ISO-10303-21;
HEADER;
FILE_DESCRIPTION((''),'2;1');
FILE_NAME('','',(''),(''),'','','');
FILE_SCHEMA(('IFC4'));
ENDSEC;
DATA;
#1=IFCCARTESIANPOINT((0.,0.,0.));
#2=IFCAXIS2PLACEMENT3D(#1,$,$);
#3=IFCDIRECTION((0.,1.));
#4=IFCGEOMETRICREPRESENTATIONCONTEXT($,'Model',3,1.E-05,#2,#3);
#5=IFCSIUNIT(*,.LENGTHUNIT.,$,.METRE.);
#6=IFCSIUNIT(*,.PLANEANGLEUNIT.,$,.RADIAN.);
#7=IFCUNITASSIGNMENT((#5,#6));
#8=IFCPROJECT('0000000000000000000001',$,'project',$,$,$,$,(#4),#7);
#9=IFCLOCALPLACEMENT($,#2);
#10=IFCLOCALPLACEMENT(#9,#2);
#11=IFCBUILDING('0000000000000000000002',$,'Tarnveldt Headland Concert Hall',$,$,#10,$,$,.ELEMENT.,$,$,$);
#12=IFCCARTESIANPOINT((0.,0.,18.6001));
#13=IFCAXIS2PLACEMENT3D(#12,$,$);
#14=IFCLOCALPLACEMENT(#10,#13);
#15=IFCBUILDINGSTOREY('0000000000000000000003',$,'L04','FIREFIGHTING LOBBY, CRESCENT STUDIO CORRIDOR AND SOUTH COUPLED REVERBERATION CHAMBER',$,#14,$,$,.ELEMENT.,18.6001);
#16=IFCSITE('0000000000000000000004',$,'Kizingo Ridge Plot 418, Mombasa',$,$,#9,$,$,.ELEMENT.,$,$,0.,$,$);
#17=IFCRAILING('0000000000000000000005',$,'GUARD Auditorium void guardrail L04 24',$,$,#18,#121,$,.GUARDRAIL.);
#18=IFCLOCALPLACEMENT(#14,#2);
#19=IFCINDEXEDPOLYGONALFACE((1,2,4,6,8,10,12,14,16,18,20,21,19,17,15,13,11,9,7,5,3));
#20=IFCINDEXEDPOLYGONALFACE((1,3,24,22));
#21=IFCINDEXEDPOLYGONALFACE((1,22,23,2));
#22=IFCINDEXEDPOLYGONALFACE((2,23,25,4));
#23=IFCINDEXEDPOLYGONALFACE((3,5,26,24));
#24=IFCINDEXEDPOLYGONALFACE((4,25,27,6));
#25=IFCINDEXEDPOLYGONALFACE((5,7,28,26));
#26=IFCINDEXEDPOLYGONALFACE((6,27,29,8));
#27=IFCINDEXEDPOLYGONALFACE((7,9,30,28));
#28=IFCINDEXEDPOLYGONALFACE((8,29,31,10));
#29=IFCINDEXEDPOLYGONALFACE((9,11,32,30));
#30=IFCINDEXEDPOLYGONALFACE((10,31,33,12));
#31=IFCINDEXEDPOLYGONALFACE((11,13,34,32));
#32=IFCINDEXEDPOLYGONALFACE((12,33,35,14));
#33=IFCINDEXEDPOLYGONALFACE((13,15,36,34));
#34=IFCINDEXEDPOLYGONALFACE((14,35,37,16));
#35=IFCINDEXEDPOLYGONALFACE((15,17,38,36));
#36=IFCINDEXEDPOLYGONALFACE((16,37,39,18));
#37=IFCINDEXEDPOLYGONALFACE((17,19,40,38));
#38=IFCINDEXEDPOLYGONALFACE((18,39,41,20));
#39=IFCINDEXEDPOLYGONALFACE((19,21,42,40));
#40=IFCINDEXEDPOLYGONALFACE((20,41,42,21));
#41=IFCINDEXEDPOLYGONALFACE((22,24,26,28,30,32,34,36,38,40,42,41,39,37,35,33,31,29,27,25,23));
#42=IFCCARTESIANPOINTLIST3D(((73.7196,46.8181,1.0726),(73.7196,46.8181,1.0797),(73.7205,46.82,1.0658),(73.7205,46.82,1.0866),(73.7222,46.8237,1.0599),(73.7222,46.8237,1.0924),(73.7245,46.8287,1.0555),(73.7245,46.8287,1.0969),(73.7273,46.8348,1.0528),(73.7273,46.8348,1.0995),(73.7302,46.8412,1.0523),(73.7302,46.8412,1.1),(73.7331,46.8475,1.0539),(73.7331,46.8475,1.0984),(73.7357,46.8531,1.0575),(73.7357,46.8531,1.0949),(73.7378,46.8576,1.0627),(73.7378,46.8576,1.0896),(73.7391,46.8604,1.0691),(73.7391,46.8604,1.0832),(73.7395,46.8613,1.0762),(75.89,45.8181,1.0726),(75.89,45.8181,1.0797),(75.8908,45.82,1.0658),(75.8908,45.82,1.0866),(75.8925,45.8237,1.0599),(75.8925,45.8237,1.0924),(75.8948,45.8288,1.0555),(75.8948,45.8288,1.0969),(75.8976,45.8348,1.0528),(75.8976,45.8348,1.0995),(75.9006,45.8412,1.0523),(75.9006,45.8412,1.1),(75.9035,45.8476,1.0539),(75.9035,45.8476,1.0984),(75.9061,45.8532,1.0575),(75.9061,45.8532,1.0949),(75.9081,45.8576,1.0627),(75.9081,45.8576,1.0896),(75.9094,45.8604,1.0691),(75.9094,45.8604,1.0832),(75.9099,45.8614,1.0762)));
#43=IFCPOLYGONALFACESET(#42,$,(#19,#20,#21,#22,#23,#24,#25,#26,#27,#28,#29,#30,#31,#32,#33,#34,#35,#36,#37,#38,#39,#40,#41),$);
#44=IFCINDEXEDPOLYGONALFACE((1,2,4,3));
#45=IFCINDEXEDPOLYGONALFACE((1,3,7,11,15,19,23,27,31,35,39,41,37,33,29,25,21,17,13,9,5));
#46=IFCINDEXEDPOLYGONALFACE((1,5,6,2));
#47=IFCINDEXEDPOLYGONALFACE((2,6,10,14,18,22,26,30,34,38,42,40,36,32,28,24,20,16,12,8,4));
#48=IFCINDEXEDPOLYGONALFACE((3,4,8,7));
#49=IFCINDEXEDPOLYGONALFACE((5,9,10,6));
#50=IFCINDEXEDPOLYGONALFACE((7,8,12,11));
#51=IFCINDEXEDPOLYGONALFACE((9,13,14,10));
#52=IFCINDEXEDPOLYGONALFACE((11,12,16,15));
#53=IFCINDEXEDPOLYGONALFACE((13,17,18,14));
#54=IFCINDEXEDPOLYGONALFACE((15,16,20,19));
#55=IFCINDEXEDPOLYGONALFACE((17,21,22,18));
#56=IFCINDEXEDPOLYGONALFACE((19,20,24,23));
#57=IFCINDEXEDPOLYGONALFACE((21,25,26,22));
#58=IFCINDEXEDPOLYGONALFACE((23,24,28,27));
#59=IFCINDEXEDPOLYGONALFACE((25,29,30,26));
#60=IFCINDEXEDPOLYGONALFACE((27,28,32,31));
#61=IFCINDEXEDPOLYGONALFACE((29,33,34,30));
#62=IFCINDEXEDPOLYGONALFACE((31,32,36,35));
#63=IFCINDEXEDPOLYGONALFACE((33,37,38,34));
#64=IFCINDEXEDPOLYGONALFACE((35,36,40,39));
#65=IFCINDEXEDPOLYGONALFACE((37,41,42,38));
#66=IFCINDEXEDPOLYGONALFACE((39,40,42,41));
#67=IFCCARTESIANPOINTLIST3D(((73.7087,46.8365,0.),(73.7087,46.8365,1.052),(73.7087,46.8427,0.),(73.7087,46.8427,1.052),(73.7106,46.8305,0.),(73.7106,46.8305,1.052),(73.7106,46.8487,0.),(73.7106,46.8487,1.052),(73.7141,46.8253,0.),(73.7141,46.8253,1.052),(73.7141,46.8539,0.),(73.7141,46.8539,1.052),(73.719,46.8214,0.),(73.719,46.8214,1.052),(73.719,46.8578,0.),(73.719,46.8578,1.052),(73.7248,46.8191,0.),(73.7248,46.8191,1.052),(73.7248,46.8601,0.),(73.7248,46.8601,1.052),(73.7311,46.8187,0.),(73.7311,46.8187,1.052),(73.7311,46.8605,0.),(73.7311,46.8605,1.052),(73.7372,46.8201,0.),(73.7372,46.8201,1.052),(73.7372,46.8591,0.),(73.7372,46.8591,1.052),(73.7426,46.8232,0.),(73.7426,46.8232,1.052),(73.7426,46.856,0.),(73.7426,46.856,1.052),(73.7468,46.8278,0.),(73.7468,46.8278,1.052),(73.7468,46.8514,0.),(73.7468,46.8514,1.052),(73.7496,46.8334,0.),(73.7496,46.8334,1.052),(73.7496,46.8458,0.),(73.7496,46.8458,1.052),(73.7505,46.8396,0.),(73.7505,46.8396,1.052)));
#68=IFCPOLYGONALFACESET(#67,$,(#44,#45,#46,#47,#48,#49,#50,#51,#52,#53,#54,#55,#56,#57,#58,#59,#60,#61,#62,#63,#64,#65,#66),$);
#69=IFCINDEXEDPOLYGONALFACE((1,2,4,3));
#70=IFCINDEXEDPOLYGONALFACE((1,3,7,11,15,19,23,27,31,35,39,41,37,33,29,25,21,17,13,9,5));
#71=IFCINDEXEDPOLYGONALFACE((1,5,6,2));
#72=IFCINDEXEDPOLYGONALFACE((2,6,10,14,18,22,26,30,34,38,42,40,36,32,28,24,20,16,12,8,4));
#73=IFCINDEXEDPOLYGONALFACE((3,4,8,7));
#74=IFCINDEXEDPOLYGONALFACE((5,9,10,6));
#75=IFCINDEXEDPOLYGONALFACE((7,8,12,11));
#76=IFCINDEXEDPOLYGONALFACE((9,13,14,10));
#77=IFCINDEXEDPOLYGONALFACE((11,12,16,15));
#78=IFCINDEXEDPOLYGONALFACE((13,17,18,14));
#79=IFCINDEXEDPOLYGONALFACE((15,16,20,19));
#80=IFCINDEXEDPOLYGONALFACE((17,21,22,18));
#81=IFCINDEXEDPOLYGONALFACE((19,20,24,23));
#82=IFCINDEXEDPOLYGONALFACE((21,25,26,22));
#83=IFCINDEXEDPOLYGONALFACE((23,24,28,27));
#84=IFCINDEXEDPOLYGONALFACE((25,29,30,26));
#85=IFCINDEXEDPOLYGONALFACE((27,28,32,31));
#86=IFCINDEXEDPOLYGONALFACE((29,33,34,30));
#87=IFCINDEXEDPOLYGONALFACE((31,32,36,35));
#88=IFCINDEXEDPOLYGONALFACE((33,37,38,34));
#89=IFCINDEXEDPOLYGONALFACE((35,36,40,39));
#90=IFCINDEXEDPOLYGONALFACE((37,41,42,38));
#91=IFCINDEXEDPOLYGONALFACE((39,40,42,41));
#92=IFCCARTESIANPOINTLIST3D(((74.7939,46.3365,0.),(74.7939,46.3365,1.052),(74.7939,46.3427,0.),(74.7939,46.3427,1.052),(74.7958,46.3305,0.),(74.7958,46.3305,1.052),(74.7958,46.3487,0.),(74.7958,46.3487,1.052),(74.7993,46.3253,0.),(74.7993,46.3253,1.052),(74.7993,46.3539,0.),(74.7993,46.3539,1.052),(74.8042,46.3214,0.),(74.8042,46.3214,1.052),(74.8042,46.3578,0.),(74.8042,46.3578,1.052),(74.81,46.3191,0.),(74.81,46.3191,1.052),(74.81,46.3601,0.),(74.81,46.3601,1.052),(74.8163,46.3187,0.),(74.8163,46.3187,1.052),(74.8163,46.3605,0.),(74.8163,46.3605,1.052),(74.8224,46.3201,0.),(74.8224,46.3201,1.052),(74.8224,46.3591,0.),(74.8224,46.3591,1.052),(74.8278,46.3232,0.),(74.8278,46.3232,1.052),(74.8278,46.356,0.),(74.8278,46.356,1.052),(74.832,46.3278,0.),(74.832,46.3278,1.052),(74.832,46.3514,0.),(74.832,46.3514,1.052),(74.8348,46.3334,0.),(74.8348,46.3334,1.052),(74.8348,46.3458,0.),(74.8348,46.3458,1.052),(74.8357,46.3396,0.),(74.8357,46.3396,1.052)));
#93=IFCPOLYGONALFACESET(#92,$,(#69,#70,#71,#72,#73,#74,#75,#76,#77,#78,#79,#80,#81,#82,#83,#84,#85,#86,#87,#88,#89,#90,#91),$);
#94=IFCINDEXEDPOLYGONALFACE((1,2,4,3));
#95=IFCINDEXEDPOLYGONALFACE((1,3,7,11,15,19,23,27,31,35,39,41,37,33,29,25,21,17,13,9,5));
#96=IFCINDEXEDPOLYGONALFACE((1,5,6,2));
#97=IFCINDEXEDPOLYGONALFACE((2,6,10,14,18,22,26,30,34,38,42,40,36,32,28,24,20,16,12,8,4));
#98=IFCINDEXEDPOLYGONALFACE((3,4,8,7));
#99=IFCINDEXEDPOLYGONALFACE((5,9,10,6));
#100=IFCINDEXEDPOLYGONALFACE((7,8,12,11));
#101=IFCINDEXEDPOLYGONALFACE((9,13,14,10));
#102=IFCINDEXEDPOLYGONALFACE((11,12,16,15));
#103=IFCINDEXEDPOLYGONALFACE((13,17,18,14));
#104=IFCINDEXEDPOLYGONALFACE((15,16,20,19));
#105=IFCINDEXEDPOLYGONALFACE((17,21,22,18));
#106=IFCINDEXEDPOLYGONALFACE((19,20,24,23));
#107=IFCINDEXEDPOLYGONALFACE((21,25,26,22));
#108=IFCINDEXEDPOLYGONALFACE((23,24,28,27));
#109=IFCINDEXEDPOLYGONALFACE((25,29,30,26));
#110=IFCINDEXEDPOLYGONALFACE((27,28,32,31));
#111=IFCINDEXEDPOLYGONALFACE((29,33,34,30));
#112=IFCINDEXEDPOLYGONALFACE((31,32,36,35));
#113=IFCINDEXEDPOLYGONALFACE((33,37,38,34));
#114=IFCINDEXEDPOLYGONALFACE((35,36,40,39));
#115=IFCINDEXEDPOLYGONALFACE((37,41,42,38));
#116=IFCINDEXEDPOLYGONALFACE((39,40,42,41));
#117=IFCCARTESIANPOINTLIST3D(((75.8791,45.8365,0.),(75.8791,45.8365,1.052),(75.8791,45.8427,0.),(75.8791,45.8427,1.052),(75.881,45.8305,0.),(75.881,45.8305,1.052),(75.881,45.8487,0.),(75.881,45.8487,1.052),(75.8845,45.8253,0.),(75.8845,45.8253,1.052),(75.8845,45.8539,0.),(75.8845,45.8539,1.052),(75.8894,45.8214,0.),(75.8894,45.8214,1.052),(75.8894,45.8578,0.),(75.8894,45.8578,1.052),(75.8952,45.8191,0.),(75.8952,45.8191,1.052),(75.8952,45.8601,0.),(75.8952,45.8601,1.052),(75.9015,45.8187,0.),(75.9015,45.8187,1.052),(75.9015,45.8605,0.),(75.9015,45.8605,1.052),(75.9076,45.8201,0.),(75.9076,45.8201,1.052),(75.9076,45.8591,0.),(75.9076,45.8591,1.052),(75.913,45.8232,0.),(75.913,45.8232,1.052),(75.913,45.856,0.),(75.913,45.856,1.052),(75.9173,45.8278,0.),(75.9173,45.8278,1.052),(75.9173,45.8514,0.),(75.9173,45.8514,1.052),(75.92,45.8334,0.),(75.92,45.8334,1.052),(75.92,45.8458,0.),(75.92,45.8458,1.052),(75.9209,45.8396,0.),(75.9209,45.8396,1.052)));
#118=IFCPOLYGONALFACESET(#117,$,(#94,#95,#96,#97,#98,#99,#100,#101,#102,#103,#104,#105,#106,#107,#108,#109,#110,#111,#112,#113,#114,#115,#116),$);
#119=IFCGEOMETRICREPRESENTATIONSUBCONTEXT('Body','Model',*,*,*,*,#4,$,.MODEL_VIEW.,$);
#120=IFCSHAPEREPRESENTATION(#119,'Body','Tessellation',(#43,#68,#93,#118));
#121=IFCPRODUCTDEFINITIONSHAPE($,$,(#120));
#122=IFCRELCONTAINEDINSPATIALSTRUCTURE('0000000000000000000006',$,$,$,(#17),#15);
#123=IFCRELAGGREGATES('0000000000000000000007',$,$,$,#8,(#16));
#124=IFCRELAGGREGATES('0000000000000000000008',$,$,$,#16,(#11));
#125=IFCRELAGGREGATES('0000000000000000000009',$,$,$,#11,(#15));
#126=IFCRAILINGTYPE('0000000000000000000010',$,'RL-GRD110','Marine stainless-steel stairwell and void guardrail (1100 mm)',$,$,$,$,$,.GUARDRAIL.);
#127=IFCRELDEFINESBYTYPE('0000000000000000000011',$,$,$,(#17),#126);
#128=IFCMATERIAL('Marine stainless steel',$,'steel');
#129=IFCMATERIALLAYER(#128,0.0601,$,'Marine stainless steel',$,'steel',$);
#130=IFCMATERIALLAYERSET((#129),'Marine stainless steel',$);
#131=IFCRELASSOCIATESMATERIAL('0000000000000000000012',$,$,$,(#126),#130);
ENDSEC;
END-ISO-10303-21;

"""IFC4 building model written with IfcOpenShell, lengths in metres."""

from ifc_helpers import new_model, si_unit, direction, frame, origin, origin_2d, place, context, subcontext, project, spatial, circle, extrude, material, layer, layer_set, type_object, element, save


model = new_model("IFC4")

# Units and contexts
model_context = context("Model", 3, precision=1e-05, world=origin(), true_north=direction((0.0, 1.0)))
body_context = subcontext(model_context, "Body", "Model", "MODEL_VIEW")
ifc_project = project(units=[si_unit("LENGTHUNIT", "METRE"), si_unit("PLANEANGLEUNIT", "RADIAN")], contexts=[model_context])

# Site, building, storey
site_placement = place(None, origin())
site = spatial("IfcSite", under=ifc_project, at=site_placement, Name="Kizingo Ridge Plot 418, Mombasa", CompositionType="ELEMENT", RefElevation=0.0)
building_placement = place(site_placement, origin())
building = spatial("IfcBuilding", under=site, at=building_placement, Name="Tarnveldt Headland Concert Hall", CompositionType="ELEMENT")
storey_placement = place(building_placement, frame((0.0, 0.0, 18.6001)))
storey = spatial("IfcBuildingStorey", under=building, at=storey_placement, Name="L04", Description="FIREFIGHTING LOBBY, CRESCENT STUDIO CORRIDOR AND SOUTH COUPLED REVERBERATION CHAMBER", CompositionType="ELEMENT", Elevation=18.6001)

# Railing
ifc_material_1 = material(Name="Marine stainless steel", Category="steel")
ifc_layer_1 = layer(ifc_material_1, 0.0601, Name="Marine stainless steel", Category="steel")
ifc_layer_set_1 = layer_set([ifc_layer_1], Name="Marine stainless steel")
railing_type_1 = type_object("IfcRailingType", Name="RL-GRD110", Description="Marine stainless-steel stairwell and void guardrail (1100 mm)", PredefinedType="GUARDRAIL", material=ifc_layer_set_1)
railing_1_placement = place(storey_placement, frame((73.7295, 46.8396, 0.0)))
element("IfcRailing", 1, at=railing_1_placement, inside=storey, type_object=railing_type_1, Name="GUARD Auditorium void guardrail L04 24", PredefinedType="GUARDRAIL", context=body_context, shape_type="SweptSolid", body=[
    extrude(circle(Radius=0.0239, at=origin_2d()), frame((0.0, 0.0, 1.0762), z_axis=(0.908234, -0.418462, 0.0), x_axis=(0.418462, 0.908234, 0.0)), (0.0, 0.0, 1.0), 2.3896),
    extrude(circle(Radius=0.021, at=origin_2d()), origin(), (0.0, 0.0, 1.0), 1.052),
    extrude(circle(Radius=0.021, at=origin_2d()), frame((1.0852, -0.5, 0.0)), (0.0, 0.0, 1.0), 1.052),
    extrude(circle(Radius=0.021, at=origin_2d()), frame((2.1704, -1.0, 0.0)), (0.0, 0.0, 1.0), 1.052),
])

save(model, "model.ifc")
